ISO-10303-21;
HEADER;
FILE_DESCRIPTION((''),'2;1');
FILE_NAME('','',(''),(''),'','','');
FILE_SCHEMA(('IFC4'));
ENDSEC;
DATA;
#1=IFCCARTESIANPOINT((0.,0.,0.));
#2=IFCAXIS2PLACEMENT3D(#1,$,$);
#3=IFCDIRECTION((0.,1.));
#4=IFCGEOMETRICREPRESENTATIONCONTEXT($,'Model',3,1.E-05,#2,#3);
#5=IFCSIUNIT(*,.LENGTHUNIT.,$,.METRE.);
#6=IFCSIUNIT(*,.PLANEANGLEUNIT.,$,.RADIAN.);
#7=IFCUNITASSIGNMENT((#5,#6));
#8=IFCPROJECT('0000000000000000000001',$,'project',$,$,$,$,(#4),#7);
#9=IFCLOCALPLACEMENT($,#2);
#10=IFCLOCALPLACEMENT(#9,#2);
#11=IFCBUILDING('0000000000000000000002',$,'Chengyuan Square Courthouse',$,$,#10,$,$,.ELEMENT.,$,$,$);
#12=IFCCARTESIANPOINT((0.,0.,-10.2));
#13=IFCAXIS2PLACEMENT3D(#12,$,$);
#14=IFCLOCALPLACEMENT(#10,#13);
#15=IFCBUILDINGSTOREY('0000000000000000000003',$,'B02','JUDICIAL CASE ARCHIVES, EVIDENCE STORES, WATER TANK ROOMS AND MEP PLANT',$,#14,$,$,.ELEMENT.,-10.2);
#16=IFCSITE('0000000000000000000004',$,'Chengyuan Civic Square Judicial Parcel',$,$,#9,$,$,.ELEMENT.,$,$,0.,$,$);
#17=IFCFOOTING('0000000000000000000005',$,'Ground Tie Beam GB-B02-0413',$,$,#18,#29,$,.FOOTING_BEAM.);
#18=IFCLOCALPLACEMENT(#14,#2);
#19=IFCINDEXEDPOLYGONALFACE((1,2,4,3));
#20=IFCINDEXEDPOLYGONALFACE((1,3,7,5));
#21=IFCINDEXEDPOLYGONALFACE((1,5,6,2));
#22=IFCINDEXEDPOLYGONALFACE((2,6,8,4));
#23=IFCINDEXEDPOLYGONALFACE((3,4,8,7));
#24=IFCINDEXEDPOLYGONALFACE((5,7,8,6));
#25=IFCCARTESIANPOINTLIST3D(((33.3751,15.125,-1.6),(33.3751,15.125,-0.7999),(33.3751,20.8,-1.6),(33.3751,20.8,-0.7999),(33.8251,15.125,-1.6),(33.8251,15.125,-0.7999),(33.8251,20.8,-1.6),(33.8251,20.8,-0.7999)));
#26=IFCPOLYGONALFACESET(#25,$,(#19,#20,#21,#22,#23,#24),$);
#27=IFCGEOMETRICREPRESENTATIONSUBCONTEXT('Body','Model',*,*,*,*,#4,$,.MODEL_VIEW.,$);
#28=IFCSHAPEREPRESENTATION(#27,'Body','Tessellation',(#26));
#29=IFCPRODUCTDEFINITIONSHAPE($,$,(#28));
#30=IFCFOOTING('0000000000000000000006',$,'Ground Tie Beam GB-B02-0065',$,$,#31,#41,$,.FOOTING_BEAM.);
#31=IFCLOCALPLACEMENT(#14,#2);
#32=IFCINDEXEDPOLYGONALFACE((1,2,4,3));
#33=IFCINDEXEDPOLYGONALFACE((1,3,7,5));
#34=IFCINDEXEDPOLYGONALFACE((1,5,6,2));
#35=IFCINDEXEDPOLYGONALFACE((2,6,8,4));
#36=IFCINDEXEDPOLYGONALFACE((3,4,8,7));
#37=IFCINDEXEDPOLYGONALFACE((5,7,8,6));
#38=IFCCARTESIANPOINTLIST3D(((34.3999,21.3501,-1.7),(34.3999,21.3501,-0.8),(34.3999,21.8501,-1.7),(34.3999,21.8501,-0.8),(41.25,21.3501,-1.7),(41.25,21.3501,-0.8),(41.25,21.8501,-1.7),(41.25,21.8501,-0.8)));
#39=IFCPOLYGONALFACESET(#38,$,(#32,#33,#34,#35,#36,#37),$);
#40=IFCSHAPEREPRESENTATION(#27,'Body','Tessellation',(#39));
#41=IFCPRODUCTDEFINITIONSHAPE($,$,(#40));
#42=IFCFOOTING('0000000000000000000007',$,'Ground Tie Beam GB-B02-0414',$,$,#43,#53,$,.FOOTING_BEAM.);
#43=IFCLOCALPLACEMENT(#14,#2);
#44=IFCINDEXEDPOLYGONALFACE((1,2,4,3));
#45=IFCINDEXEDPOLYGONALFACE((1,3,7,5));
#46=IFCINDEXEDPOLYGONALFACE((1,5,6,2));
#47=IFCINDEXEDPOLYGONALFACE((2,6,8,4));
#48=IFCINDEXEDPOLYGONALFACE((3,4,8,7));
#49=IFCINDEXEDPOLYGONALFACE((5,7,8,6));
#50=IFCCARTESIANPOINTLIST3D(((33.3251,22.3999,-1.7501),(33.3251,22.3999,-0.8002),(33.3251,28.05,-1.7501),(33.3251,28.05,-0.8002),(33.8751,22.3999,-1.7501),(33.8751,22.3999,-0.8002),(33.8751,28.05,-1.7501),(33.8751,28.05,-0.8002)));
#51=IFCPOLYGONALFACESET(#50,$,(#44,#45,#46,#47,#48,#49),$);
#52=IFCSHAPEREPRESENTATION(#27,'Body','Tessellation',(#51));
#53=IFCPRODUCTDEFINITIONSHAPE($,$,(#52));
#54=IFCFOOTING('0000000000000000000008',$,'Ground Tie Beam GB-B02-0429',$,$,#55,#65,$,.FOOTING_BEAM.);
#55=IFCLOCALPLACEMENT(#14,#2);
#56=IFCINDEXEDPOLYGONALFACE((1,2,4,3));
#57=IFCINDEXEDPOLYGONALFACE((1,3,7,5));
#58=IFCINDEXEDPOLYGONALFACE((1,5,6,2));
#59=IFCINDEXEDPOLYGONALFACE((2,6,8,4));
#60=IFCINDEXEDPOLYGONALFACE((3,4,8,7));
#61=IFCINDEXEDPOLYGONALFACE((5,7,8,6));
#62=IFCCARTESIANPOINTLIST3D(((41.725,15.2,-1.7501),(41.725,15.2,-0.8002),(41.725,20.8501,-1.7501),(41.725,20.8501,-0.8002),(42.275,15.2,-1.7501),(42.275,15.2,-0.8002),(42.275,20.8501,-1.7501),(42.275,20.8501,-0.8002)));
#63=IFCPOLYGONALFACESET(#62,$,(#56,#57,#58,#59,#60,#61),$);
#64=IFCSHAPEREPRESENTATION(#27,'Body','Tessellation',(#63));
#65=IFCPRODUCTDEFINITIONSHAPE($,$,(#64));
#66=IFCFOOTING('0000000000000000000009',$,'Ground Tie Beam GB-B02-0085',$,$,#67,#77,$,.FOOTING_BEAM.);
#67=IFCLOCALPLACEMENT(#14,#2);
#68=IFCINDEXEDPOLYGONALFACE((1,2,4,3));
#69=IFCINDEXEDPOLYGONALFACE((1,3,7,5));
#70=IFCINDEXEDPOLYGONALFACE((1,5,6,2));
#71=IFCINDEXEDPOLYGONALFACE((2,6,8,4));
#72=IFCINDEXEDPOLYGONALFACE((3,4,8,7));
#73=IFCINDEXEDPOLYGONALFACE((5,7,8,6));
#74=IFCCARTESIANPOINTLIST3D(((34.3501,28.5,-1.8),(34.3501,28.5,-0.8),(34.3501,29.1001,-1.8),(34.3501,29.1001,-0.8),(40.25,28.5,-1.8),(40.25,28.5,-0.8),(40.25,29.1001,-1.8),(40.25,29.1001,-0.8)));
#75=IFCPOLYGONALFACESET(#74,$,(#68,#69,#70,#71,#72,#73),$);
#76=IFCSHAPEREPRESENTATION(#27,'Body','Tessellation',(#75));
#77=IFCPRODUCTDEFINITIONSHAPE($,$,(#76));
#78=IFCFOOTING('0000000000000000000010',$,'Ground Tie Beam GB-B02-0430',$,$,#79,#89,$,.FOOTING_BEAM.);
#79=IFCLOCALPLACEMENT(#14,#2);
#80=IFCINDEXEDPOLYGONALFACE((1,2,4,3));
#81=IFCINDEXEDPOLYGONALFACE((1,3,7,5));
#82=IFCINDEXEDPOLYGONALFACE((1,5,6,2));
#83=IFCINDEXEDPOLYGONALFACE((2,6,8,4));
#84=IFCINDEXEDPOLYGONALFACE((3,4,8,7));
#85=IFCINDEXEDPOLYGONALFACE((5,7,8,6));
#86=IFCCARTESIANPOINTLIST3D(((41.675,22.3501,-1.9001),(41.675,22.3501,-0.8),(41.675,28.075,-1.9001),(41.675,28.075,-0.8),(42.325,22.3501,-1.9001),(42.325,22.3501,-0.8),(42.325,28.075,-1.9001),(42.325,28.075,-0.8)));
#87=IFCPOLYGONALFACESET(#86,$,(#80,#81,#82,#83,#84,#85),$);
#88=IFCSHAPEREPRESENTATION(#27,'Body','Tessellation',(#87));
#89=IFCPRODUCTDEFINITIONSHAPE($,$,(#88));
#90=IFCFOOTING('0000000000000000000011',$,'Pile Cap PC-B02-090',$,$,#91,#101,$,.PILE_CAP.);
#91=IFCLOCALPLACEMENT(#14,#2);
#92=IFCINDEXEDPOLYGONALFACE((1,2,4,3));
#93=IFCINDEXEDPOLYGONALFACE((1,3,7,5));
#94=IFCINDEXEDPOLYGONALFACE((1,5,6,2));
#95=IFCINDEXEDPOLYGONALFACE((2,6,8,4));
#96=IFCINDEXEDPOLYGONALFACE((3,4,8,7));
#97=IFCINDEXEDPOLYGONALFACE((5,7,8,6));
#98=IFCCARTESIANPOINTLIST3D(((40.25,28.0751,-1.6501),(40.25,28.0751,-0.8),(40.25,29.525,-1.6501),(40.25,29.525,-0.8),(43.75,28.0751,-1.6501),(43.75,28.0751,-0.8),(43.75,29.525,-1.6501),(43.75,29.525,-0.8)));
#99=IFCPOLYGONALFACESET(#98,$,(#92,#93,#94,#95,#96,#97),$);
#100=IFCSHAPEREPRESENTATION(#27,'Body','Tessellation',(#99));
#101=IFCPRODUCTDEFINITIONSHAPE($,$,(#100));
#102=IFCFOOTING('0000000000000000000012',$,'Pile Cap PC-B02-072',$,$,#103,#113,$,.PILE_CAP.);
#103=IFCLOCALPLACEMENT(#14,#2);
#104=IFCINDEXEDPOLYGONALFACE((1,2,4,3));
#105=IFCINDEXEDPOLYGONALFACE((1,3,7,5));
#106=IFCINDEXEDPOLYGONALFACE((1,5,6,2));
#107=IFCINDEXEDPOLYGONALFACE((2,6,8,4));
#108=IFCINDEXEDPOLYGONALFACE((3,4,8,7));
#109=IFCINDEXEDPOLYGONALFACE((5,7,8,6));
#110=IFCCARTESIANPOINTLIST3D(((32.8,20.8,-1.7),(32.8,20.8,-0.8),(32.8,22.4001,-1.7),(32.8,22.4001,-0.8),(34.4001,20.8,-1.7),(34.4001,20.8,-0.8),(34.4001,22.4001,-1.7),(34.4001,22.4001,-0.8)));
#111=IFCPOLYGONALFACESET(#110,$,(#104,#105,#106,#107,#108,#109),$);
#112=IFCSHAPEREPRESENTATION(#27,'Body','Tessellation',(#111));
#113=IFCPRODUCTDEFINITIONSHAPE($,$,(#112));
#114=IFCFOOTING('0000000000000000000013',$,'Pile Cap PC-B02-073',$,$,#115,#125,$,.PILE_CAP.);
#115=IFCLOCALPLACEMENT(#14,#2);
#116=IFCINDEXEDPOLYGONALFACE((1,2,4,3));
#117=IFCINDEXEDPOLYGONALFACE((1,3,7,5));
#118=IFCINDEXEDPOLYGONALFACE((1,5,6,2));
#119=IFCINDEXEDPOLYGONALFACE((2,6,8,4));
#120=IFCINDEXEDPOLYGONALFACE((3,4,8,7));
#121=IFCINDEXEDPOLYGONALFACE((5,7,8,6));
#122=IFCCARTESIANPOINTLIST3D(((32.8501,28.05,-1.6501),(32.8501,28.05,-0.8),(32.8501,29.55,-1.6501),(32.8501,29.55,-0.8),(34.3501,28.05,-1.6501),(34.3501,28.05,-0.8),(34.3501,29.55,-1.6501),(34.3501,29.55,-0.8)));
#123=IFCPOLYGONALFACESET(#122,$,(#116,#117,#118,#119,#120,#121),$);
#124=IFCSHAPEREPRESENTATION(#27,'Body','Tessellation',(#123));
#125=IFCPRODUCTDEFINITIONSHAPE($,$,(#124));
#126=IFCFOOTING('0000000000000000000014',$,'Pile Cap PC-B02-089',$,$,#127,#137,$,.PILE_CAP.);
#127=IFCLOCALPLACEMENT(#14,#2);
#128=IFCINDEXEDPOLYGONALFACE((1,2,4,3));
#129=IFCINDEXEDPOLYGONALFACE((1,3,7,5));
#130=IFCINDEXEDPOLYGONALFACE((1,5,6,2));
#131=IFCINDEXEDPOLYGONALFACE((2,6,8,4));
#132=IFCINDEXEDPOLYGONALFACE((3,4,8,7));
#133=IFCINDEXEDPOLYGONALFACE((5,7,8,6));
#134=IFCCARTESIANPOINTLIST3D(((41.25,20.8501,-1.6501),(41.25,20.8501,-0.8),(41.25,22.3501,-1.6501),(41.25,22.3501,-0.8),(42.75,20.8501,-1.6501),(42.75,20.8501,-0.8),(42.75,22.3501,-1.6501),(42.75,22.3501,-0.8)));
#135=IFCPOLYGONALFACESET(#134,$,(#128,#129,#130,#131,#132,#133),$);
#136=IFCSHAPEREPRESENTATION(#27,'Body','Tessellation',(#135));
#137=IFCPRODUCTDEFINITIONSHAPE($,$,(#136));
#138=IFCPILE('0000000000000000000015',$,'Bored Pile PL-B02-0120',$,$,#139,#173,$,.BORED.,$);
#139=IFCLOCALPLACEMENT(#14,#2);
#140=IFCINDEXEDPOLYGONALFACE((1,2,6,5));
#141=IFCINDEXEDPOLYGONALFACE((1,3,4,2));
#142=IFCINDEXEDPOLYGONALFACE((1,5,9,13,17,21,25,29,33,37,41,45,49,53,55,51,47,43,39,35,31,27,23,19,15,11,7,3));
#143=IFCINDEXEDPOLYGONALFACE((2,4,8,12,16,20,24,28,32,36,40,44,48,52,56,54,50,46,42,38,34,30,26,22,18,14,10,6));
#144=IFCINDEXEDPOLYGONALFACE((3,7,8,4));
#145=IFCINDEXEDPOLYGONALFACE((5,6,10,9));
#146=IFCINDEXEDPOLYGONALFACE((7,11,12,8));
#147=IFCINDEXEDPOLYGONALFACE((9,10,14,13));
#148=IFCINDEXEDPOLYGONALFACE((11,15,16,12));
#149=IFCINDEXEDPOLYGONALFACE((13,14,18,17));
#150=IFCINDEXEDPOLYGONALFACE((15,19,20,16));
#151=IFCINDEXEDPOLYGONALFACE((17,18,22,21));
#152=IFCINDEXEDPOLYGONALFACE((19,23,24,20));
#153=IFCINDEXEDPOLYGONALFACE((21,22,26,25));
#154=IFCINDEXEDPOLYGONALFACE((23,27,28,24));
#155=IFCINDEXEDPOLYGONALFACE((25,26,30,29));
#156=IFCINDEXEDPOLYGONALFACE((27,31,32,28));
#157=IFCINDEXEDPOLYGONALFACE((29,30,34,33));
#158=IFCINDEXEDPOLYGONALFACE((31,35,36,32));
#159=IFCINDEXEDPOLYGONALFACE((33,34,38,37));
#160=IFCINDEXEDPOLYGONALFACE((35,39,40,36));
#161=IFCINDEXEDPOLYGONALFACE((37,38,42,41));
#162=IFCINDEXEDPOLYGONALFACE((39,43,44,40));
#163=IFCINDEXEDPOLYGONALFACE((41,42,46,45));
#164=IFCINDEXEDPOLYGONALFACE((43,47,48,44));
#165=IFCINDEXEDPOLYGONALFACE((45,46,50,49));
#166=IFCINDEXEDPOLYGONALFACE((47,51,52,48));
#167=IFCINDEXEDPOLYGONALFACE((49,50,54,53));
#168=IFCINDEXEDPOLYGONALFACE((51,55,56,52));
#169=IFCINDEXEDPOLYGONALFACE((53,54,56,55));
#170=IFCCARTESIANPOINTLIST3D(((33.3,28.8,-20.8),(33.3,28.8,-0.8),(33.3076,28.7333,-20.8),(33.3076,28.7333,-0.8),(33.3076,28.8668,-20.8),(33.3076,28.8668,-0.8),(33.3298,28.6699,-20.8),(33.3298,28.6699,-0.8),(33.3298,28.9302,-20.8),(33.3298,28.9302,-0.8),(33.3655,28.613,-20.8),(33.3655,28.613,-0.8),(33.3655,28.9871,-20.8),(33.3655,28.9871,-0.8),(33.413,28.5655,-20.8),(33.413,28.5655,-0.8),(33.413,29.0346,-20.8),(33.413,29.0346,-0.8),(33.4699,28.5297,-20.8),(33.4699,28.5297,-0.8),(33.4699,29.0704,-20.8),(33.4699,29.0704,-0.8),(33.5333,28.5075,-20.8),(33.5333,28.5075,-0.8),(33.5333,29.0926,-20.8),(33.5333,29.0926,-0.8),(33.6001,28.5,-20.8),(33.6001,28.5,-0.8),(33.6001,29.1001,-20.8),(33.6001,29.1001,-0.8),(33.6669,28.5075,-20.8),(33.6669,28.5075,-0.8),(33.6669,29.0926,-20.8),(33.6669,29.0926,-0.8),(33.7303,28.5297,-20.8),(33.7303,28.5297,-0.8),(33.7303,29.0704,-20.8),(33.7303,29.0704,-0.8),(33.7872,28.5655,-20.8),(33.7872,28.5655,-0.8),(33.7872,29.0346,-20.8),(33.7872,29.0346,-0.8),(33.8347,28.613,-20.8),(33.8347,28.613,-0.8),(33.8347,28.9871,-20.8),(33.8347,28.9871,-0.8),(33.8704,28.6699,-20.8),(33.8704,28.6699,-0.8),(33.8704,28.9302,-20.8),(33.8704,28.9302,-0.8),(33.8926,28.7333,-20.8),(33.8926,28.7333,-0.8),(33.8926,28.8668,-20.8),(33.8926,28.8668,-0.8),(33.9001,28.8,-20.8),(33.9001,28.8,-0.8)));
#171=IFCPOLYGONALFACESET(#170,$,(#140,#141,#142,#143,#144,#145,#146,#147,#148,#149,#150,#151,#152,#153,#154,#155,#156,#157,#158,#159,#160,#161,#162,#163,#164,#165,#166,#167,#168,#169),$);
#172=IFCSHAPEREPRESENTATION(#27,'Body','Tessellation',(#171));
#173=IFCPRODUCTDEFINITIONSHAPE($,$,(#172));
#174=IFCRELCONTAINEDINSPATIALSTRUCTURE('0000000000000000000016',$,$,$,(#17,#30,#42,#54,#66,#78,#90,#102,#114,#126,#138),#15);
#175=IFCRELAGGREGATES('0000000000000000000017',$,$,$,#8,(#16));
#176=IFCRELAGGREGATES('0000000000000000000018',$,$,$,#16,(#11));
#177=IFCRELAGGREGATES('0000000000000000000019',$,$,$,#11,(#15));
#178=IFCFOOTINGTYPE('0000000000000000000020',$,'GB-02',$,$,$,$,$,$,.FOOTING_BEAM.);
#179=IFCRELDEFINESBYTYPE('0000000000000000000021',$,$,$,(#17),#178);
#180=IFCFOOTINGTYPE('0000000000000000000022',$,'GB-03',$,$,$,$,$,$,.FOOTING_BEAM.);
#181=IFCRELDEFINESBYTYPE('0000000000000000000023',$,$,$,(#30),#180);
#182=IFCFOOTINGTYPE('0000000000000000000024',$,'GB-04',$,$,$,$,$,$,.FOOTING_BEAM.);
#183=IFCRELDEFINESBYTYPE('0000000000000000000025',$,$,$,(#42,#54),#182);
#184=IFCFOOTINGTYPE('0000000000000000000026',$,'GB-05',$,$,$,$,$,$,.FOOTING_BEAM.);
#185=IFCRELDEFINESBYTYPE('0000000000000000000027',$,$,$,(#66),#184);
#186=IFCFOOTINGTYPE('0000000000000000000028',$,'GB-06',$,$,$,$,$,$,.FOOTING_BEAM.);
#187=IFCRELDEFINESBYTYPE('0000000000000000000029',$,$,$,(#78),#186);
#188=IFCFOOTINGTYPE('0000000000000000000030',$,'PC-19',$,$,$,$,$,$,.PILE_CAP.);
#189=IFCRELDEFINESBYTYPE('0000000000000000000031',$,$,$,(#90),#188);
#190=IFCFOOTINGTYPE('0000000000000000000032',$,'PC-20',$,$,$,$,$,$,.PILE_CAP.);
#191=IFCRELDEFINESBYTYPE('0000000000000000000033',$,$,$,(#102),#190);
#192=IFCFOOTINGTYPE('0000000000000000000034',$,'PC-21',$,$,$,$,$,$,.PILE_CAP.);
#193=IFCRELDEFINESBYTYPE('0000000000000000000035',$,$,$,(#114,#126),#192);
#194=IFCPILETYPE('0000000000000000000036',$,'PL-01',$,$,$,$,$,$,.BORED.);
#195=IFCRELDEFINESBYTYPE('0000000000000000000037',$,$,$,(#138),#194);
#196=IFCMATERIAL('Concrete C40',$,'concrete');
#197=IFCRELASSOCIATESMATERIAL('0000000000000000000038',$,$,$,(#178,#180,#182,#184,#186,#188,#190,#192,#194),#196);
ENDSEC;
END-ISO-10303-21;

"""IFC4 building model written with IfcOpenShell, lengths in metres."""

from ifc_helpers import new_model, si_unit, direction, frame, origin, origin_2d, place, context, subcontext, project, spatial, rectangle, circle, extrude, material, material_profile, profile_set, type_object, element, save


model = new_model("IFC4")

# Units and contexts
model_context = context("Model", 3, precision=1e-05, world=origin(), true_north=direction((0.0, 1.0)))
body_context = subcontext(model_context, "Body", "Model", "MODEL_VIEW")
ifc_project = project(units=[si_unit("LENGTHUNIT", "METRE"), si_unit("PLANEANGLEUNIT", "RADIAN")], contexts=[model_context])

# Site, building, storey
site_placement = place(None, origin())
site = spatial("IfcSite", under=ifc_project, at=site_placement, Name="Chengyuan Civic Square Judicial Parcel", CompositionType="ELEMENT", RefElevation=0.0)
building_placement = place(site_placement, origin())
building = spatial("IfcBuilding", under=site, at=building_placement, Name="Chengyuan Square Courthouse", CompositionType="ELEMENT")
storey_placement = place(building_placement, frame((0.0, 0.0, -10.2)))
storey = spatial("IfcBuildingStorey", under=building, at=storey_placement, Name="B02", Description="JUDICIAL CASE ARCHIVES, EVIDENCE STORES, WATER TANK ROOMS AND MEP PLANT", CompositionType="ELEMENT", Elevation=-10.2)

# Footings
ifc_material_1 = material(Name="Concrete C40", Category="concrete")
ifc_material_profile_1 = material_profile(ifc_material_1, rectangle(XDim=0.45, YDim=0.8, at=origin_2d()), Name="GB-450x800")
ifc_profile_set_1 = profile_set([ifc_material_profile_1], Name="Concrete C40")
footing_type_1 = type_object("IfcFootingType", Name="GB-02", PredefinedType="FOOTING_BEAM", material=ifc_profile_set_1)
footing_1_placement = place(storey_placement, frame((33.6001, 15.125, -1.2), z_axis=(0.0, 1.0, 0.0), x_axis=(-1.0, 0.0, 0.0)))
element("IfcFooting", 1, at=footing_1_placement, inside=storey, type_object=footing_type_1, Name="Ground Tie Beam GB-B02-0413", PredefinedType="FOOTING_BEAM", context=body_context, shape_type="SweptSolid", body=[
    extrude(rectangle(XDim=0.45, YDim=0.8, at=origin_2d()), origin(), (0.0, 0.0, 1.0), 5.675),
])
ifc_material_profile_2 = material_profile(ifc_material_1, rectangle(XDim=0.5, YDim=0.8999, at=origin_2d()), Name="GB-500x900")
ifc_profile_set_2 = profile_set([ifc_material_profile_2], Name="Concrete C40")
footing_type_2 = type_object("IfcFootingType", Name="GB-03", PredefinedType="FOOTING_BEAM", material=ifc_profile_set_2)
footing_2_placement = place(storey_placement, frame((34.3999, 21.6001, -1.25), z_axis=(1.0, 0.0, 0.0), x_axis=(0.0, 1.0, 0.0)))
element("IfcFooting", 2, at=footing_2_placement, inside=storey, type_object=footing_type_2, Name="Ground Tie Beam GB-B02-0065", PredefinedType="FOOTING_BEAM", context=body_context, shape_type="SweptSolid", body=[
    extrude(rectangle(XDim=0.5, YDim=0.8999, at=origin_2d()), origin(), (0.0, 0.0, 1.0), 6.8501),
])
ifc_material_profile_3 = material_profile(ifc_material_1, rectangle(XDim=0.55, YDim=0.95, at=origin_2d()), Name="GB-550x950")
ifc_profile_set_3 = profile_set([ifc_material_profile_3], Name="Concrete C40")
footing_type_3 = type_object("IfcFootingType", Name="GB-04", PredefinedType="FOOTING_BEAM", material=ifc_profile_set_3)
for number, where, z_axis, x_axis, name in (
    (3, (33.6001, 22.3999, -1.2751), (0.0, 1.0, 0.0), (-1.0, 0.0, 0.0), "Ground Tie Beam GB-B02-0414"),
    (4, (42.0, 15.2, -1.2751), (0.0, 1.0, 0.0), (-1.0, 0.0, 0.0), "Ground Tie Beam GB-B02-0429"),
):
    element("IfcFooting", number, at=place(storey_placement, frame(where, z_axis=z_axis, x_axis=x_axis)), inside=storey, type_object=footing_type_3, Name=name, PredefinedType="FOOTING_BEAM", context=body_context, shape_type="SweptSolid", body=[
        extrude(rectangle(XDim=0.55, YDim=0.95, at=origin_2d()), origin(), (0.0, 0.0, 1.0), 5.6501),
    ])
ifc_material_profile_4 = material_profile(ifc_material_1, rectangle(XDim=0.6001, YDim=1.0, at=origin_2d()), Name="GB-600x1000")
ifc_profile_set_4 = profile_set([ifc_material_profile_4], Name="Concrete C40")
footing_type_4 = type_object("IfcFootingType", Name="GB-05", PredefinedType="FOOTING_BEAM", material=ifc_profile_set_4)
footing_3_placement = place(storey_placement, frame((34.3501, 28.8, -1.3), z_axis=(1.0, 0.0, 0.0), x_axis=(0.0, 1.0, 0.0)))
element("IfcFooting", 5, at=footing_3_placement, inside=storey, type_object=footing_type_4, Name="Ground Tie Beam GB-B02-0085", PredefinedType="FOOTING_BEAM", context=body_context, shape_type="SweptSolid", body=[
    extrude(rectangle(XDim=0.6001, YDim=1.0, at=origin_2d()), origin(), (0.0, 0.0, 1.0), 5.8999),
])
ifc_material_profile_5 = material_profile(ifc_material_1, rectangle(XDim=0.6499, YDim=1.1001, at=origin_2d()), Name="GB-650x1100")
ifc_profile_set_5 = profile_set([ifc_material_profile_5], Name="Concrete C40")
footing_type_5 = type_object("IfcFootingType", Name="GB-06", PredefinedType="FOOTING_BEAM", material=ifc_profile_set_5)
footing_4_placement = place(storey_placement, frame((42.0, 22.3501, -1.3501), z_axis=(0.0, 1.0, 0.0), x_axis=(-1.0, 0.0, 0.0)))
element("IfcFooting", 6, at=footing_4_placement, inside=storey, type_object=footing_type_5, Name="Ground Tie Beam GB-B02-0430", PredefinedType="FOOTING_BEAM", context=body_context, shape_type="SweptSolid", body=[
    extrude(rectangle(XDim=0.6499, YDim=1.1001, at=origin_2d()), origin(), (0.0, 0.0, 1.0), 5.7249),
])
footing_type_6 = type_object("IfcFootingType", Name="PC-19", PredefinedType="PILE_CAP", material=ifc_material_1)
footing_5_placement = place(storey_placement, frame((42.0, 28.8, -1.6501), z_axis=(0.0, 0.0, 1.0), x_axis=(1.0, 0.0, 0.0)))
element("IfcFooting", 7, at=footing_5_placement, inside=storey, type_object=footing_type_6, Name="Pile Cap PC-B02-090", PredefinedType="PILE_CAP", context=body_context, shape_type="SweptSolid", body=[
    extrude(rectangle(XDim=3.5, YDim=1.45, at=origin_2d()), origin(), (0.0, 0.0, 1.0), 0.8501),
])
footing_type_7 = type_object("IfcFootingType", Name="PC-20", PredefinedType="PILE_CAP", material=ifc_material_1)
footing_6_placement = place(storey_placement, frame((33.6001, 21.6001, -1.7), z_axis=(0.0, 0.0, 1.0), x_axis=(1.0, 0.0, 0.0)))
element("IfcFooting", 8, at=footing_6_placement, inside=storey, type_object=footing_type_7, Name="Pile Cap PC-B02-072", PredefinedType="PILE_CAP", context=body_context, shape_type="SweptSolid", body=[
    extrude(rectangle(XDim=1.6001, YDim=1.6001, at=origin_2d()), origin(), (0.0, 0.0, 1.0), 0.8999),
])
footing_type_8 = type_object("IfcFootingType", Name="PC-21", PredefinedType="PILE_CAP", material=ifc_material_1)
for number, where, z_axis, x_axis, name in (
    (9, (33.6001, 28.8, -1.6501), (0.0, 0.0, 1.0), (1.0, 0.0, 0.0), "Pile Cap PC-B02-073"),
    (10, (42.0, 21.6001, -1.6501), (0.0, 0.0, 1.0), (1.0, 0.0, 0.0), "Pile Cap PC-B02-089"),
):
    element("IfcFooting", number, at=place(storey_placement, frame(where, z_axis=z_axis, x_axis=x_axis)), inside=storey, type_object=footing_type_8, Name=name, PredefinedType="PILE_CAP", context=body_context, shape_type="SweptSolid", body=[
        extrude(rectangle(XDim=1.5, YDim=1.5, at=origin_2d()), origin(), (0.0, 0.0, 1.0), 0.8501),
    ])

# Pile
ifc_material_profile_6 = material_profile(ifc_material_1, circle(Radius=0.3, at=origin_2d()), Name="BORED PILE D600")
ifc_profile_set_6 = profile_set([ifc_material_profile_6], Name="Concrete C40")
pile_type_1 = type_object("IfcPileType", Name="PL-01", PredefinedType="BORED", material=ifc_profile_set_6)
for number, where, z_axis, x_axis, name in (
    (11, (33.6001, 28.8, -0.8), (0.0, 0.0, -1.0), (1.0, 0.0, 0.0), "Bored Pile PL-B02-0120"),
):
    element("IfcPile", number, at=place(storey_placement, frame(where, z_axis=z_axis, x_axis=x_axis)), inside=storey, type_object=pile_type_1, Name=name, PredefinedType="BORED", context=body_context, shape_type="SweptSolid", body=[
        extrude(circle(Radius=0.3, at=origin_2d()), origin(), (0.0, 0.0, 1.0), 20.0),
    ])

save(model, "model.ifc")
